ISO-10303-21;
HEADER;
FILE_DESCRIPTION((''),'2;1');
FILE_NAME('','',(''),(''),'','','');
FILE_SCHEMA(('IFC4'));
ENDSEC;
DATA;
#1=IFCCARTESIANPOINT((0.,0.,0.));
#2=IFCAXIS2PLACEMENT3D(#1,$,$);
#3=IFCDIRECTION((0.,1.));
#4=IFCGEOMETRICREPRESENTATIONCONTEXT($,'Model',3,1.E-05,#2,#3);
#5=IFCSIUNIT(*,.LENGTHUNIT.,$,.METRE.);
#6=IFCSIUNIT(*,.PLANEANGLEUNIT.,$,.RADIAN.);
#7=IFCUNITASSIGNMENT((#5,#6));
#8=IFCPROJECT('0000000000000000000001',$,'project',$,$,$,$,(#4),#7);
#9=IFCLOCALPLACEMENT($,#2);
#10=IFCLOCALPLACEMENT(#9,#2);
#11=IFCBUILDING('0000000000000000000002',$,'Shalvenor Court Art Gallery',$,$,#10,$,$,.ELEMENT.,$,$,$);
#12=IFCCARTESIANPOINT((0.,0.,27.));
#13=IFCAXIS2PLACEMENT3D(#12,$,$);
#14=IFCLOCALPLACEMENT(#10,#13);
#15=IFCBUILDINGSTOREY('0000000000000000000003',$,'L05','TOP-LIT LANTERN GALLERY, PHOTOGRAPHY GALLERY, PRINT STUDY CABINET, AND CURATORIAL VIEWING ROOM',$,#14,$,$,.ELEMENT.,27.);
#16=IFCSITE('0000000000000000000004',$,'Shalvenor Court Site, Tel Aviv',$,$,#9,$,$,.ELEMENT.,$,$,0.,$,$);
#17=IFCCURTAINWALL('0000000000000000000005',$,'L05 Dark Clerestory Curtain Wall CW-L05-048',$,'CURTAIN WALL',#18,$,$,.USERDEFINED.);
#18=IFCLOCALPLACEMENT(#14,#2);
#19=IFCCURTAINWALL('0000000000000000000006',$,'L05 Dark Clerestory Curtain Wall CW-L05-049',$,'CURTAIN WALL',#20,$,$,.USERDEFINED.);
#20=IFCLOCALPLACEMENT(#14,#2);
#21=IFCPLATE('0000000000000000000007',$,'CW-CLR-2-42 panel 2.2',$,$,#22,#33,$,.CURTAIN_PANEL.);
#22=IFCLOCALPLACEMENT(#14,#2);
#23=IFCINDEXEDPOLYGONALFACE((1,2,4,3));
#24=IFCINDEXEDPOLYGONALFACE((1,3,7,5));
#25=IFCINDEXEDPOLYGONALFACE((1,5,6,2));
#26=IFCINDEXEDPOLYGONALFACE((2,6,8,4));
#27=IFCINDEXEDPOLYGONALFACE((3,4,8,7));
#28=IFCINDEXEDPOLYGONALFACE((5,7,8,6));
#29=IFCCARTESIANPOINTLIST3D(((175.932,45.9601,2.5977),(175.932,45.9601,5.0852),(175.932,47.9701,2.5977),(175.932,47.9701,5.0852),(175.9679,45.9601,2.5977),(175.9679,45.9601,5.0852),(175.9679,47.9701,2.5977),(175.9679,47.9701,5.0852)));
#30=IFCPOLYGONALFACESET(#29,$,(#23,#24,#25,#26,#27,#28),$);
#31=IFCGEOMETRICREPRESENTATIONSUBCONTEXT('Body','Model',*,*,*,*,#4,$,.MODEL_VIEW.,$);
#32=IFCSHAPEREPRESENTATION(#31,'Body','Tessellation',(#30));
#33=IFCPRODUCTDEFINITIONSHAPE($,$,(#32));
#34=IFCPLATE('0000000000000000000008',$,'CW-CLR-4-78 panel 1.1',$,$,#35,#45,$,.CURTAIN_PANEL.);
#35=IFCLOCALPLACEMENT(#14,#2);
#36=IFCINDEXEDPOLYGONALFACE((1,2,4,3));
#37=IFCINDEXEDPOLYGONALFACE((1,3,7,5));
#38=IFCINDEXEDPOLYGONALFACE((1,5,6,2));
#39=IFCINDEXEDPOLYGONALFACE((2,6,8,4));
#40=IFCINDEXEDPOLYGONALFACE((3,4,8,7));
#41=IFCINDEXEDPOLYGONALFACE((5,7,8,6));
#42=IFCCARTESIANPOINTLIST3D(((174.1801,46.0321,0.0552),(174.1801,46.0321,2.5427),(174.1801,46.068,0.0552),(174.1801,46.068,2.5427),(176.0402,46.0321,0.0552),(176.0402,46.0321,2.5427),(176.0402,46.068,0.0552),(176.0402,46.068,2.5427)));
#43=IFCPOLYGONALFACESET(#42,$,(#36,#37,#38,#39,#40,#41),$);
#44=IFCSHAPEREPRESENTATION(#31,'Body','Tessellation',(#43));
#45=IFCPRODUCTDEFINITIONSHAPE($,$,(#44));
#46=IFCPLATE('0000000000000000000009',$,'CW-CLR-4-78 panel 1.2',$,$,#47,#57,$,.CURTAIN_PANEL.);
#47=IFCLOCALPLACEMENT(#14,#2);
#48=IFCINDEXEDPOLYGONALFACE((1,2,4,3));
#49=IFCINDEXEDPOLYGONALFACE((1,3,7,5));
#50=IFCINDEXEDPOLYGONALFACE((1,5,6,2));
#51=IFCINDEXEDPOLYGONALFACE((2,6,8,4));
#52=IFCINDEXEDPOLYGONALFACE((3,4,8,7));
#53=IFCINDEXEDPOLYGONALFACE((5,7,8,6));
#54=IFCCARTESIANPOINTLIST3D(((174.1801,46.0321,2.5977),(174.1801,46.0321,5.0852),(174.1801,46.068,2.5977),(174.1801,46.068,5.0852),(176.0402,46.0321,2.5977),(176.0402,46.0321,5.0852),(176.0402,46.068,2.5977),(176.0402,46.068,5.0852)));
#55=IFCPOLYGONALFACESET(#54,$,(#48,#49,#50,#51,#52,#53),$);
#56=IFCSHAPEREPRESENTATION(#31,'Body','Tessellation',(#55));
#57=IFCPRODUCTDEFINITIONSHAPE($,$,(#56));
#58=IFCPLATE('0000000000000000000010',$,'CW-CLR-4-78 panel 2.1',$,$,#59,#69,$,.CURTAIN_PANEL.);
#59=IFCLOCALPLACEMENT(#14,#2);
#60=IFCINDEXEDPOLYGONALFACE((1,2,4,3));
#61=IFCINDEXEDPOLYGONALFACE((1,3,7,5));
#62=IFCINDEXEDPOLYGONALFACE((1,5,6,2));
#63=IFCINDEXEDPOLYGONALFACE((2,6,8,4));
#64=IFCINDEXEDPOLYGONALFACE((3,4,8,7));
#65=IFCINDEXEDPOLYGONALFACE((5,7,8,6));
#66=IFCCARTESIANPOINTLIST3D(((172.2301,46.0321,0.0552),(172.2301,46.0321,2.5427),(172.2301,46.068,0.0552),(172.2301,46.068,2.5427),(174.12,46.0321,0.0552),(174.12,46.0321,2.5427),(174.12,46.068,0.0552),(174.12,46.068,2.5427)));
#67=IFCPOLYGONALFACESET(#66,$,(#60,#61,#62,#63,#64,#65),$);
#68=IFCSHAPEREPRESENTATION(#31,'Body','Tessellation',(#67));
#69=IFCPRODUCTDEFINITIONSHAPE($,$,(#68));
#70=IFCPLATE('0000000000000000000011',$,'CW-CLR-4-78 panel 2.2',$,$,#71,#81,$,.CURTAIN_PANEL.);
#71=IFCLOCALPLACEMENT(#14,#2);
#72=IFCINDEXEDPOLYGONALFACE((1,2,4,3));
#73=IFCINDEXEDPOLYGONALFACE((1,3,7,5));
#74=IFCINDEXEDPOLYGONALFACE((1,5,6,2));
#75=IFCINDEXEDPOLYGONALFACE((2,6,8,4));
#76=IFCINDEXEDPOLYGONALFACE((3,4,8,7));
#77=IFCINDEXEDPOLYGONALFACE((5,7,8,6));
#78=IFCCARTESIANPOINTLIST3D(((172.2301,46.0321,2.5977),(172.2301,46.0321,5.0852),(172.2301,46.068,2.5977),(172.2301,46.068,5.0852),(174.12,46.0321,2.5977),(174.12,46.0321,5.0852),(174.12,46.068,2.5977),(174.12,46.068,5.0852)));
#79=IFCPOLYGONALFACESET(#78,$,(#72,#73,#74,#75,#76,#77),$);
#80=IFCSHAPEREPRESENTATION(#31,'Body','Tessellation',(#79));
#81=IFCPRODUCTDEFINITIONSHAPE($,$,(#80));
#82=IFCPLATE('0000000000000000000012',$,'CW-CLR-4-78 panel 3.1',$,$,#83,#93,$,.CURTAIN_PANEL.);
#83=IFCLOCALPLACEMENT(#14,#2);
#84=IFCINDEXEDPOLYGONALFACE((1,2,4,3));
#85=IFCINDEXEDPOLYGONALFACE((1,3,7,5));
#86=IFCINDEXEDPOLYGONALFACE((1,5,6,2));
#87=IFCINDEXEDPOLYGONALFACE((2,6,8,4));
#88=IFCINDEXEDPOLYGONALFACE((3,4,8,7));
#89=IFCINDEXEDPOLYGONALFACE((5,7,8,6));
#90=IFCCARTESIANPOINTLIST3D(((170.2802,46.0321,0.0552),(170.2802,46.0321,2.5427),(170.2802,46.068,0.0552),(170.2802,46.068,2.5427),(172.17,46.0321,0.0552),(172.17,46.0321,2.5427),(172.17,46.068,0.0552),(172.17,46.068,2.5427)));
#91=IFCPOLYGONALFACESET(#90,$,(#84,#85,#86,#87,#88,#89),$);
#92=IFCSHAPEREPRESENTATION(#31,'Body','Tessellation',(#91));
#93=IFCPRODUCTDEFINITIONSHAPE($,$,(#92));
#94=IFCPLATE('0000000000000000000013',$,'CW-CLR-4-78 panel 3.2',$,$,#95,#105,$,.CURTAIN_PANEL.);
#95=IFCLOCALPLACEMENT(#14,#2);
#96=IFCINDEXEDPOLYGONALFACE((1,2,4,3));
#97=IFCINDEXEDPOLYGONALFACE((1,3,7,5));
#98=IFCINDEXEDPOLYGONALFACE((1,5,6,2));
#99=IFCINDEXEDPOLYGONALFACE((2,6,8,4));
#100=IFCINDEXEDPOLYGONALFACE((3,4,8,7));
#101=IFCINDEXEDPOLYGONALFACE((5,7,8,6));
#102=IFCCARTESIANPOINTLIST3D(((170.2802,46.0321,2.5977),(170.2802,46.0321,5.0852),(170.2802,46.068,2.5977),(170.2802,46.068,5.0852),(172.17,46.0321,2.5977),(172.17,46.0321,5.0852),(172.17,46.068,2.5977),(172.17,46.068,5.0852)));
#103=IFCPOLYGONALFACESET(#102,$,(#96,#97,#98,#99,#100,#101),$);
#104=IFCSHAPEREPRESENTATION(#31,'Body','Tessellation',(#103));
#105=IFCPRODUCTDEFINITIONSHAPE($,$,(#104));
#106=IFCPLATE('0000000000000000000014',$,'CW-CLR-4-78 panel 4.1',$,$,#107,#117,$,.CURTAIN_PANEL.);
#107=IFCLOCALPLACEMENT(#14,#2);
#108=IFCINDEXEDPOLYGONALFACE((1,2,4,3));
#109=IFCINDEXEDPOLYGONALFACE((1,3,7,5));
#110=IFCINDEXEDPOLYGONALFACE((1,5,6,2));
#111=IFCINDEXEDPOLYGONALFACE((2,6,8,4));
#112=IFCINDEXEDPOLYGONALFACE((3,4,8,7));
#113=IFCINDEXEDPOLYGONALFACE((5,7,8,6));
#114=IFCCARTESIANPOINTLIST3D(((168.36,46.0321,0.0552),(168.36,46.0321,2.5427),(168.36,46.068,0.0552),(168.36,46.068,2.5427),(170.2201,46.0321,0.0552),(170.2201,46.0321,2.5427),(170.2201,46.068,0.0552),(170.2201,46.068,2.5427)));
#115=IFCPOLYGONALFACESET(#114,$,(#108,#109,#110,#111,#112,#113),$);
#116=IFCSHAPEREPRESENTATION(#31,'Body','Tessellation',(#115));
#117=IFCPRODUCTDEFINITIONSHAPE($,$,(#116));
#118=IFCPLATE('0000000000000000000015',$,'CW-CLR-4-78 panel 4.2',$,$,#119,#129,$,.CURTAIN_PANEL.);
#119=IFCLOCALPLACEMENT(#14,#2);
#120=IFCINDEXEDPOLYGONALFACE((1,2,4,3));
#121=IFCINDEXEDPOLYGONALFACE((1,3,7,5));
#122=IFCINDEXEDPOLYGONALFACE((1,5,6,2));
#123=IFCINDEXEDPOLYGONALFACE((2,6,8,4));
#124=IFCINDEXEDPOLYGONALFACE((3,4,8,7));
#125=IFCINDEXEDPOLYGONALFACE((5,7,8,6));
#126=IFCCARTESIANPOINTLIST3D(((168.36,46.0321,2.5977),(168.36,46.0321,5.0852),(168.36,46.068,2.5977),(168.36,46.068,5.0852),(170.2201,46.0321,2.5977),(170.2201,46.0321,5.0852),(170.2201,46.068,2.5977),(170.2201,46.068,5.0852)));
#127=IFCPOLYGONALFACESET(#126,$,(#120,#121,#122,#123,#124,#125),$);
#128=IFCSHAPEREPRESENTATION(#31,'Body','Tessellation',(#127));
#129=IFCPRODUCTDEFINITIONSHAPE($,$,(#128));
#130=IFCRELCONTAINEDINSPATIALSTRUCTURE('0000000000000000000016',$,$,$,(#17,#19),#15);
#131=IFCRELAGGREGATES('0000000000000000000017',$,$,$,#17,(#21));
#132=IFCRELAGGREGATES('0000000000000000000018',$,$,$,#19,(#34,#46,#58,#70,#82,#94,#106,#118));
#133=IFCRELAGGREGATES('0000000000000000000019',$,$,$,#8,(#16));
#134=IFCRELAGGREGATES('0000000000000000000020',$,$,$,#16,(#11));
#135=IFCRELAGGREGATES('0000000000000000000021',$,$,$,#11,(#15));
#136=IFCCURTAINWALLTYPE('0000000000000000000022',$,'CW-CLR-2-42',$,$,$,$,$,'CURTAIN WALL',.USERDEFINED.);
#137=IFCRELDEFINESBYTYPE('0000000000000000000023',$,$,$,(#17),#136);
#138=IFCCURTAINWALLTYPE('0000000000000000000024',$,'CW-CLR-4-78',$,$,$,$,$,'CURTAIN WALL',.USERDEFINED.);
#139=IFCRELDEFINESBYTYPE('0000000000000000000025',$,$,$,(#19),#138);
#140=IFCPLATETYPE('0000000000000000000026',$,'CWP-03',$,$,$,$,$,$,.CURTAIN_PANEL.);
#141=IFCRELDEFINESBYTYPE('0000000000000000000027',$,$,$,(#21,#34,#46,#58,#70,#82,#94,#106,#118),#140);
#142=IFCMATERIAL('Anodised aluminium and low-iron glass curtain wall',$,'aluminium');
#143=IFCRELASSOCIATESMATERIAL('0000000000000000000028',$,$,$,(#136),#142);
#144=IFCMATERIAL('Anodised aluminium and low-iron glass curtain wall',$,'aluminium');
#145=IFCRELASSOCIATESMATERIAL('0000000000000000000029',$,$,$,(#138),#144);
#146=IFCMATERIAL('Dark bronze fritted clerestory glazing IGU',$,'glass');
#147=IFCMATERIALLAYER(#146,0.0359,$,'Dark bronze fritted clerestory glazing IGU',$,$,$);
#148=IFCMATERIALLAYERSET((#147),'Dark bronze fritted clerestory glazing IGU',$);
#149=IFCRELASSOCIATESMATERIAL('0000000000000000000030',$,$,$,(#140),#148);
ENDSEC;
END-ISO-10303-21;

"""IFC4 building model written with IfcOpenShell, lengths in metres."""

from ifc_helpers import new_model, si_unit, direction, frame, origin, origin_2d, place, context, subcontext, project, spatial, rectangle, extrude, material, layer, layer_set, type_object, element, aggregate, save


model = new_model("IFC4")

# Units and contexts
model_context = context("Model", 3, precision=1e-05, world=origin(), true_north=direction((0.0, 1.0)))
body_context = subcontext(model_context, "Body", "Model", "MODEL_VIEW")
ifc_project = project(units=[si_unit("LENGTHUNIT", "METRE"), si_unit("PLANEANGLEUNIT", "RADIAN")], contexts=[model_context])

# Site, building, storey
site_placement = place(None, origin())
site = spatial("IfcSite", under=ifc_project, at=site_placement, Name="Shalvenor Court Site, Tel Aviv", CompositionType="ELEMENT", RefElevation=0.0)
building_placement = place(site_placement, origin())
building = spatial("IfcBuilding", under=site, at=building_placement, Name="Shalvenor Court Art Gallery", CompositionType="ELEMENT")
storey_placement = place(building_placement, frame((0.0, 0.0, 27.0)))
storey = spatial("IfcBuildingStorey", under=building, at=storey_placement, Name="L05", Description="TOP-LIT LANTERN GALLERY, PHOTOGRAPHY GALLERY, PRINT STUDY CABINET, AND CURATORIAL VIEWING ROOM", CompositionType="ELEMENT", Elevation=27.0)

# Curtain walls
ifc_material_1 = material(Name="Anodised aluminium and low-iron glass curtain wall", Category="aluminium")
curtain_wall_type_1 = type_object("IfcCurtainWallType", Name="CW-CLR-2-42", ElementType="CURTAIN WALL", PredefinedType="USERDEFINED", material=ifc_material_1)
curtain_wall_1_placement = place(storey_placement, origin())
curtain_wall_1 = element("IfcCurtainWall", 1, at=curtain_wall_1_placement, inside=storey, type_object=curtain_wall_type_1, Name="L05 Dark Clerestory Curtain Wall CW-L05-048", ObjectType="CURTAIN WALL", PredefinedType="USERDEFINED")
ifc_material_2 = material(Name="Anodised aluminium and low-iron glass curtain wall", Category="aluminium")
curtain_wall_type_2 = type_object("IfcCurtainWallType", Name="CW-CLR-4-78", ElementType="CURTAIN WALL", PredefinedType="USERDEFINED", material=ifc_material_2)
curtain_wall_2_placement = place(storey_placement, origin())
curtain_wall_2 = element("IfcCurtainWall", 2, at=curtain_wall_2_placement, inside=storey, type_object=curtain_wall_type_2, Name="L05 Dark Clerestory Curtain Wall CW-L05-049", ObjectType="CURTAIN WALL", PredefinedType="USERDEFINED")

# Plates
ifc_material_3 = material(Name="Dark bronze fritted clerestory glazing IGU", Category="glass")
ifc_layer = layer(ifc_material_3, 0.0359, Name="Dark bronze fritted clerestory glazing IGU")
ifc_layer_set = layer_set([ifc_layer], Name="Dark bronze fritted clerestory glazing IGU")
plate_type = type_object("IfcPlateType", Name="CWP-03", PredefinedType="CURTAIN_PANEL", material=ifc_layer_set)
plate_1_placement = place(storey_placement, frame((175.95, 46.9651, 2.5977), z_axis=(0.0, 0.0, 1.0), x_axis=(0.0, -1.0, 0.0)))
plate_1 = element("IfcPlate", 3, at=plate_1_placement, type_object=plate_type, Name="CW-CLR-2-42 panel 2.2", PredefinedType="CURTAIN_PANEL", context=body_context, shape_type="SweptSolid", body=[
    extrude(rectangle(XDim=2.01, YDim=0.0359, at=origin_2d()), origin(), (0.0, 0.0, 1.0), 2.4875),
])
aggregate(curtain_wall_1, [plate_1])
plate_2_placement = place(storey_placement, frame((175.1101, 46.05, 0.0552), z_axis=(0.0, 0.0, 1.0), x_axis=(-1.0, 0.0, 0.0)))
plate_2 = element("IfcPlate", 4, at=plate_2_placement, type_object=plate_type, Name="CW-CLR-4-78 panel 1.1", PredefinedType="CURTAIN_PANEL", context=body_context, shape_type="SweptSolid", body=[
    extrude(rectangle(XDim=1.8601, YDim=0.0359, at=origin_2d()), origin(), (0.0, 0.0, 1.0), 2.4875),
])
plate_3_placement = place(storey_placement, frame((175.1101, 46.05, 2.5977), z_axis=(0.0, 0.0, 1.0), x_axis=(-1.0, 0.0, 0.0)))
plate_3 = element("IfcPlate", 5, at=plate_3_placement, type_object=plate_type, Name="CW-CLR-4-78 panel 1.2", PredefinedType="CURTAIN_PANEL", context=body_context, shape_type="SweptSolid", body=[
    extrude(rectangle(XDim=1.8601, YDim=0.0359, at=origin_2d()), origin(), (0.0, 0.0, 1.0), 2.4875),
])
plate_4_placement = place(storey_placement, frame((173.175, 46.05, 0.0552), z_axis=(0.0, 0.0, 1.0), x_axis=(-1.0, 0.0, 0.0)))
plate_4 = element("IfcPlate", 6, at=plate_4_placement, type_object=plate_type, Name="CW-CLR-4-78 panel 2.1", PredefinedType="CURTAIN_PANEL", context=body_context, shape_type="SweptSolid", body=[
    extrude(rectangle(XDim=1.8899, YDim=0.0359, at=origin_2d()), origin(), (0.0, 0.0, 1.0), 2.4875),
])
plate_5_placement = place(storey_placement, frame((173.175, 46.05, 2.5977), z_axis=(0.0, 0.0, 1.0), x_axis=(-1.0, 0.0, 0.0)))
plate_5 = element("IfcPlate", 7, at=plate_5_placement, type_object=plate_type, Name="CW-CLR-4-78 panel 2.2", PredefinedType="CURTAIN_PANEL", context=body_context, shape_type="SweptSolid", body=[
    extrude(rectangle(XDim=1.8899, YDim=0.0359, at=origin_2d()), origin(), (0.0, 0.0, 1.0), 2.4875),
])
plate_6_placement = place(storey_placement, frame((171.2251, 46.05, 0.0552), z_axis=(0.0, 0.0, 1.0), x_axis=(-1.0, 0.0, 0.0)))
plate_6 = element("IfcPlate", 8, at=plate_6_placement, type_object=plate_type, Name="CW-CLR-4-78 panel 3.1", PredefinedType="CURTAIN_PANEL", context=body_context, shape_type="SweptSolid", body=[
    extrude(rectangle(XDim=1.8899, YDim=0.0359, at=origin_2d()), origin(), (0.0, 0.0, 1.0), 2.4875),
])
plate_7_placement = place(storey_placement, frame((171.2251, 46.05, 2.5977), z_axis=(0.0, 0.0, 1.0), x_axis=(-1.0, 0.0, 0.0)))
plate_7 = element("IfcPlate", 9, at=plate_7_placement, type_object=plate_type, Name="CW-CLR-4-78 panel 3.2", PredefinedType="CURTAIN_PANEL", context=body_context, shape_type="SweptSolid", body=[
    extrude(rectangle(XDim=1.8899, YDim=0.0359, at=origin_2d()), origin(), (0.0, 0.0, 1.0), 2.4875),
])
plate_8_placement = place(storey_placement, frame((169.29, 46.05, 0.0552), z_axis=(0.0, 0.0, 1.0), x_axis=(-1.0, 0.0, 0.0)))
plate_8 = element("IfcPlate", 10, at=plate_8_placement, type_object=plate_type, Name="CW-CLR-4-78 panel 4.1", PredefinedType="CURTAIN_PANEL", context=body_context, shape_type="SweptSolid", body=[
    extrude(rectangle(XDim=1.8601, YDim=0.0359, at=origin_2d()), origin(), (0.0, 0.0, 1.0), 2.4875),
])
plate_9_placement = place(storey_placement, frame((169.29, 46.05, 2.5977), z_axis=(0.0, 0.0, 1.0), x_axis=(-1.0, 0.0, 0.0)))
plate_9 = element("IfcPlate", 11, at=plate_9_placement, type_object=plate_type, Name="CW-CLR-4-78 panel 4.2", PredefinedType="CURTAIN_PANEL", context=body_context, shape_type="SweptSolid", body=[
    extrude(rectangle(XDim=1.8601, YDim=0.0359, at=origin_2d()), origin(), (0.0, 0.0, 1.0), 2.4875),
])
aggregate(curtain_wall_2, [plate_2, plate_3, plate_4, plate_5, plate_6, plate_7, plate_8, plate_9])

save(model, "model.ifc")
